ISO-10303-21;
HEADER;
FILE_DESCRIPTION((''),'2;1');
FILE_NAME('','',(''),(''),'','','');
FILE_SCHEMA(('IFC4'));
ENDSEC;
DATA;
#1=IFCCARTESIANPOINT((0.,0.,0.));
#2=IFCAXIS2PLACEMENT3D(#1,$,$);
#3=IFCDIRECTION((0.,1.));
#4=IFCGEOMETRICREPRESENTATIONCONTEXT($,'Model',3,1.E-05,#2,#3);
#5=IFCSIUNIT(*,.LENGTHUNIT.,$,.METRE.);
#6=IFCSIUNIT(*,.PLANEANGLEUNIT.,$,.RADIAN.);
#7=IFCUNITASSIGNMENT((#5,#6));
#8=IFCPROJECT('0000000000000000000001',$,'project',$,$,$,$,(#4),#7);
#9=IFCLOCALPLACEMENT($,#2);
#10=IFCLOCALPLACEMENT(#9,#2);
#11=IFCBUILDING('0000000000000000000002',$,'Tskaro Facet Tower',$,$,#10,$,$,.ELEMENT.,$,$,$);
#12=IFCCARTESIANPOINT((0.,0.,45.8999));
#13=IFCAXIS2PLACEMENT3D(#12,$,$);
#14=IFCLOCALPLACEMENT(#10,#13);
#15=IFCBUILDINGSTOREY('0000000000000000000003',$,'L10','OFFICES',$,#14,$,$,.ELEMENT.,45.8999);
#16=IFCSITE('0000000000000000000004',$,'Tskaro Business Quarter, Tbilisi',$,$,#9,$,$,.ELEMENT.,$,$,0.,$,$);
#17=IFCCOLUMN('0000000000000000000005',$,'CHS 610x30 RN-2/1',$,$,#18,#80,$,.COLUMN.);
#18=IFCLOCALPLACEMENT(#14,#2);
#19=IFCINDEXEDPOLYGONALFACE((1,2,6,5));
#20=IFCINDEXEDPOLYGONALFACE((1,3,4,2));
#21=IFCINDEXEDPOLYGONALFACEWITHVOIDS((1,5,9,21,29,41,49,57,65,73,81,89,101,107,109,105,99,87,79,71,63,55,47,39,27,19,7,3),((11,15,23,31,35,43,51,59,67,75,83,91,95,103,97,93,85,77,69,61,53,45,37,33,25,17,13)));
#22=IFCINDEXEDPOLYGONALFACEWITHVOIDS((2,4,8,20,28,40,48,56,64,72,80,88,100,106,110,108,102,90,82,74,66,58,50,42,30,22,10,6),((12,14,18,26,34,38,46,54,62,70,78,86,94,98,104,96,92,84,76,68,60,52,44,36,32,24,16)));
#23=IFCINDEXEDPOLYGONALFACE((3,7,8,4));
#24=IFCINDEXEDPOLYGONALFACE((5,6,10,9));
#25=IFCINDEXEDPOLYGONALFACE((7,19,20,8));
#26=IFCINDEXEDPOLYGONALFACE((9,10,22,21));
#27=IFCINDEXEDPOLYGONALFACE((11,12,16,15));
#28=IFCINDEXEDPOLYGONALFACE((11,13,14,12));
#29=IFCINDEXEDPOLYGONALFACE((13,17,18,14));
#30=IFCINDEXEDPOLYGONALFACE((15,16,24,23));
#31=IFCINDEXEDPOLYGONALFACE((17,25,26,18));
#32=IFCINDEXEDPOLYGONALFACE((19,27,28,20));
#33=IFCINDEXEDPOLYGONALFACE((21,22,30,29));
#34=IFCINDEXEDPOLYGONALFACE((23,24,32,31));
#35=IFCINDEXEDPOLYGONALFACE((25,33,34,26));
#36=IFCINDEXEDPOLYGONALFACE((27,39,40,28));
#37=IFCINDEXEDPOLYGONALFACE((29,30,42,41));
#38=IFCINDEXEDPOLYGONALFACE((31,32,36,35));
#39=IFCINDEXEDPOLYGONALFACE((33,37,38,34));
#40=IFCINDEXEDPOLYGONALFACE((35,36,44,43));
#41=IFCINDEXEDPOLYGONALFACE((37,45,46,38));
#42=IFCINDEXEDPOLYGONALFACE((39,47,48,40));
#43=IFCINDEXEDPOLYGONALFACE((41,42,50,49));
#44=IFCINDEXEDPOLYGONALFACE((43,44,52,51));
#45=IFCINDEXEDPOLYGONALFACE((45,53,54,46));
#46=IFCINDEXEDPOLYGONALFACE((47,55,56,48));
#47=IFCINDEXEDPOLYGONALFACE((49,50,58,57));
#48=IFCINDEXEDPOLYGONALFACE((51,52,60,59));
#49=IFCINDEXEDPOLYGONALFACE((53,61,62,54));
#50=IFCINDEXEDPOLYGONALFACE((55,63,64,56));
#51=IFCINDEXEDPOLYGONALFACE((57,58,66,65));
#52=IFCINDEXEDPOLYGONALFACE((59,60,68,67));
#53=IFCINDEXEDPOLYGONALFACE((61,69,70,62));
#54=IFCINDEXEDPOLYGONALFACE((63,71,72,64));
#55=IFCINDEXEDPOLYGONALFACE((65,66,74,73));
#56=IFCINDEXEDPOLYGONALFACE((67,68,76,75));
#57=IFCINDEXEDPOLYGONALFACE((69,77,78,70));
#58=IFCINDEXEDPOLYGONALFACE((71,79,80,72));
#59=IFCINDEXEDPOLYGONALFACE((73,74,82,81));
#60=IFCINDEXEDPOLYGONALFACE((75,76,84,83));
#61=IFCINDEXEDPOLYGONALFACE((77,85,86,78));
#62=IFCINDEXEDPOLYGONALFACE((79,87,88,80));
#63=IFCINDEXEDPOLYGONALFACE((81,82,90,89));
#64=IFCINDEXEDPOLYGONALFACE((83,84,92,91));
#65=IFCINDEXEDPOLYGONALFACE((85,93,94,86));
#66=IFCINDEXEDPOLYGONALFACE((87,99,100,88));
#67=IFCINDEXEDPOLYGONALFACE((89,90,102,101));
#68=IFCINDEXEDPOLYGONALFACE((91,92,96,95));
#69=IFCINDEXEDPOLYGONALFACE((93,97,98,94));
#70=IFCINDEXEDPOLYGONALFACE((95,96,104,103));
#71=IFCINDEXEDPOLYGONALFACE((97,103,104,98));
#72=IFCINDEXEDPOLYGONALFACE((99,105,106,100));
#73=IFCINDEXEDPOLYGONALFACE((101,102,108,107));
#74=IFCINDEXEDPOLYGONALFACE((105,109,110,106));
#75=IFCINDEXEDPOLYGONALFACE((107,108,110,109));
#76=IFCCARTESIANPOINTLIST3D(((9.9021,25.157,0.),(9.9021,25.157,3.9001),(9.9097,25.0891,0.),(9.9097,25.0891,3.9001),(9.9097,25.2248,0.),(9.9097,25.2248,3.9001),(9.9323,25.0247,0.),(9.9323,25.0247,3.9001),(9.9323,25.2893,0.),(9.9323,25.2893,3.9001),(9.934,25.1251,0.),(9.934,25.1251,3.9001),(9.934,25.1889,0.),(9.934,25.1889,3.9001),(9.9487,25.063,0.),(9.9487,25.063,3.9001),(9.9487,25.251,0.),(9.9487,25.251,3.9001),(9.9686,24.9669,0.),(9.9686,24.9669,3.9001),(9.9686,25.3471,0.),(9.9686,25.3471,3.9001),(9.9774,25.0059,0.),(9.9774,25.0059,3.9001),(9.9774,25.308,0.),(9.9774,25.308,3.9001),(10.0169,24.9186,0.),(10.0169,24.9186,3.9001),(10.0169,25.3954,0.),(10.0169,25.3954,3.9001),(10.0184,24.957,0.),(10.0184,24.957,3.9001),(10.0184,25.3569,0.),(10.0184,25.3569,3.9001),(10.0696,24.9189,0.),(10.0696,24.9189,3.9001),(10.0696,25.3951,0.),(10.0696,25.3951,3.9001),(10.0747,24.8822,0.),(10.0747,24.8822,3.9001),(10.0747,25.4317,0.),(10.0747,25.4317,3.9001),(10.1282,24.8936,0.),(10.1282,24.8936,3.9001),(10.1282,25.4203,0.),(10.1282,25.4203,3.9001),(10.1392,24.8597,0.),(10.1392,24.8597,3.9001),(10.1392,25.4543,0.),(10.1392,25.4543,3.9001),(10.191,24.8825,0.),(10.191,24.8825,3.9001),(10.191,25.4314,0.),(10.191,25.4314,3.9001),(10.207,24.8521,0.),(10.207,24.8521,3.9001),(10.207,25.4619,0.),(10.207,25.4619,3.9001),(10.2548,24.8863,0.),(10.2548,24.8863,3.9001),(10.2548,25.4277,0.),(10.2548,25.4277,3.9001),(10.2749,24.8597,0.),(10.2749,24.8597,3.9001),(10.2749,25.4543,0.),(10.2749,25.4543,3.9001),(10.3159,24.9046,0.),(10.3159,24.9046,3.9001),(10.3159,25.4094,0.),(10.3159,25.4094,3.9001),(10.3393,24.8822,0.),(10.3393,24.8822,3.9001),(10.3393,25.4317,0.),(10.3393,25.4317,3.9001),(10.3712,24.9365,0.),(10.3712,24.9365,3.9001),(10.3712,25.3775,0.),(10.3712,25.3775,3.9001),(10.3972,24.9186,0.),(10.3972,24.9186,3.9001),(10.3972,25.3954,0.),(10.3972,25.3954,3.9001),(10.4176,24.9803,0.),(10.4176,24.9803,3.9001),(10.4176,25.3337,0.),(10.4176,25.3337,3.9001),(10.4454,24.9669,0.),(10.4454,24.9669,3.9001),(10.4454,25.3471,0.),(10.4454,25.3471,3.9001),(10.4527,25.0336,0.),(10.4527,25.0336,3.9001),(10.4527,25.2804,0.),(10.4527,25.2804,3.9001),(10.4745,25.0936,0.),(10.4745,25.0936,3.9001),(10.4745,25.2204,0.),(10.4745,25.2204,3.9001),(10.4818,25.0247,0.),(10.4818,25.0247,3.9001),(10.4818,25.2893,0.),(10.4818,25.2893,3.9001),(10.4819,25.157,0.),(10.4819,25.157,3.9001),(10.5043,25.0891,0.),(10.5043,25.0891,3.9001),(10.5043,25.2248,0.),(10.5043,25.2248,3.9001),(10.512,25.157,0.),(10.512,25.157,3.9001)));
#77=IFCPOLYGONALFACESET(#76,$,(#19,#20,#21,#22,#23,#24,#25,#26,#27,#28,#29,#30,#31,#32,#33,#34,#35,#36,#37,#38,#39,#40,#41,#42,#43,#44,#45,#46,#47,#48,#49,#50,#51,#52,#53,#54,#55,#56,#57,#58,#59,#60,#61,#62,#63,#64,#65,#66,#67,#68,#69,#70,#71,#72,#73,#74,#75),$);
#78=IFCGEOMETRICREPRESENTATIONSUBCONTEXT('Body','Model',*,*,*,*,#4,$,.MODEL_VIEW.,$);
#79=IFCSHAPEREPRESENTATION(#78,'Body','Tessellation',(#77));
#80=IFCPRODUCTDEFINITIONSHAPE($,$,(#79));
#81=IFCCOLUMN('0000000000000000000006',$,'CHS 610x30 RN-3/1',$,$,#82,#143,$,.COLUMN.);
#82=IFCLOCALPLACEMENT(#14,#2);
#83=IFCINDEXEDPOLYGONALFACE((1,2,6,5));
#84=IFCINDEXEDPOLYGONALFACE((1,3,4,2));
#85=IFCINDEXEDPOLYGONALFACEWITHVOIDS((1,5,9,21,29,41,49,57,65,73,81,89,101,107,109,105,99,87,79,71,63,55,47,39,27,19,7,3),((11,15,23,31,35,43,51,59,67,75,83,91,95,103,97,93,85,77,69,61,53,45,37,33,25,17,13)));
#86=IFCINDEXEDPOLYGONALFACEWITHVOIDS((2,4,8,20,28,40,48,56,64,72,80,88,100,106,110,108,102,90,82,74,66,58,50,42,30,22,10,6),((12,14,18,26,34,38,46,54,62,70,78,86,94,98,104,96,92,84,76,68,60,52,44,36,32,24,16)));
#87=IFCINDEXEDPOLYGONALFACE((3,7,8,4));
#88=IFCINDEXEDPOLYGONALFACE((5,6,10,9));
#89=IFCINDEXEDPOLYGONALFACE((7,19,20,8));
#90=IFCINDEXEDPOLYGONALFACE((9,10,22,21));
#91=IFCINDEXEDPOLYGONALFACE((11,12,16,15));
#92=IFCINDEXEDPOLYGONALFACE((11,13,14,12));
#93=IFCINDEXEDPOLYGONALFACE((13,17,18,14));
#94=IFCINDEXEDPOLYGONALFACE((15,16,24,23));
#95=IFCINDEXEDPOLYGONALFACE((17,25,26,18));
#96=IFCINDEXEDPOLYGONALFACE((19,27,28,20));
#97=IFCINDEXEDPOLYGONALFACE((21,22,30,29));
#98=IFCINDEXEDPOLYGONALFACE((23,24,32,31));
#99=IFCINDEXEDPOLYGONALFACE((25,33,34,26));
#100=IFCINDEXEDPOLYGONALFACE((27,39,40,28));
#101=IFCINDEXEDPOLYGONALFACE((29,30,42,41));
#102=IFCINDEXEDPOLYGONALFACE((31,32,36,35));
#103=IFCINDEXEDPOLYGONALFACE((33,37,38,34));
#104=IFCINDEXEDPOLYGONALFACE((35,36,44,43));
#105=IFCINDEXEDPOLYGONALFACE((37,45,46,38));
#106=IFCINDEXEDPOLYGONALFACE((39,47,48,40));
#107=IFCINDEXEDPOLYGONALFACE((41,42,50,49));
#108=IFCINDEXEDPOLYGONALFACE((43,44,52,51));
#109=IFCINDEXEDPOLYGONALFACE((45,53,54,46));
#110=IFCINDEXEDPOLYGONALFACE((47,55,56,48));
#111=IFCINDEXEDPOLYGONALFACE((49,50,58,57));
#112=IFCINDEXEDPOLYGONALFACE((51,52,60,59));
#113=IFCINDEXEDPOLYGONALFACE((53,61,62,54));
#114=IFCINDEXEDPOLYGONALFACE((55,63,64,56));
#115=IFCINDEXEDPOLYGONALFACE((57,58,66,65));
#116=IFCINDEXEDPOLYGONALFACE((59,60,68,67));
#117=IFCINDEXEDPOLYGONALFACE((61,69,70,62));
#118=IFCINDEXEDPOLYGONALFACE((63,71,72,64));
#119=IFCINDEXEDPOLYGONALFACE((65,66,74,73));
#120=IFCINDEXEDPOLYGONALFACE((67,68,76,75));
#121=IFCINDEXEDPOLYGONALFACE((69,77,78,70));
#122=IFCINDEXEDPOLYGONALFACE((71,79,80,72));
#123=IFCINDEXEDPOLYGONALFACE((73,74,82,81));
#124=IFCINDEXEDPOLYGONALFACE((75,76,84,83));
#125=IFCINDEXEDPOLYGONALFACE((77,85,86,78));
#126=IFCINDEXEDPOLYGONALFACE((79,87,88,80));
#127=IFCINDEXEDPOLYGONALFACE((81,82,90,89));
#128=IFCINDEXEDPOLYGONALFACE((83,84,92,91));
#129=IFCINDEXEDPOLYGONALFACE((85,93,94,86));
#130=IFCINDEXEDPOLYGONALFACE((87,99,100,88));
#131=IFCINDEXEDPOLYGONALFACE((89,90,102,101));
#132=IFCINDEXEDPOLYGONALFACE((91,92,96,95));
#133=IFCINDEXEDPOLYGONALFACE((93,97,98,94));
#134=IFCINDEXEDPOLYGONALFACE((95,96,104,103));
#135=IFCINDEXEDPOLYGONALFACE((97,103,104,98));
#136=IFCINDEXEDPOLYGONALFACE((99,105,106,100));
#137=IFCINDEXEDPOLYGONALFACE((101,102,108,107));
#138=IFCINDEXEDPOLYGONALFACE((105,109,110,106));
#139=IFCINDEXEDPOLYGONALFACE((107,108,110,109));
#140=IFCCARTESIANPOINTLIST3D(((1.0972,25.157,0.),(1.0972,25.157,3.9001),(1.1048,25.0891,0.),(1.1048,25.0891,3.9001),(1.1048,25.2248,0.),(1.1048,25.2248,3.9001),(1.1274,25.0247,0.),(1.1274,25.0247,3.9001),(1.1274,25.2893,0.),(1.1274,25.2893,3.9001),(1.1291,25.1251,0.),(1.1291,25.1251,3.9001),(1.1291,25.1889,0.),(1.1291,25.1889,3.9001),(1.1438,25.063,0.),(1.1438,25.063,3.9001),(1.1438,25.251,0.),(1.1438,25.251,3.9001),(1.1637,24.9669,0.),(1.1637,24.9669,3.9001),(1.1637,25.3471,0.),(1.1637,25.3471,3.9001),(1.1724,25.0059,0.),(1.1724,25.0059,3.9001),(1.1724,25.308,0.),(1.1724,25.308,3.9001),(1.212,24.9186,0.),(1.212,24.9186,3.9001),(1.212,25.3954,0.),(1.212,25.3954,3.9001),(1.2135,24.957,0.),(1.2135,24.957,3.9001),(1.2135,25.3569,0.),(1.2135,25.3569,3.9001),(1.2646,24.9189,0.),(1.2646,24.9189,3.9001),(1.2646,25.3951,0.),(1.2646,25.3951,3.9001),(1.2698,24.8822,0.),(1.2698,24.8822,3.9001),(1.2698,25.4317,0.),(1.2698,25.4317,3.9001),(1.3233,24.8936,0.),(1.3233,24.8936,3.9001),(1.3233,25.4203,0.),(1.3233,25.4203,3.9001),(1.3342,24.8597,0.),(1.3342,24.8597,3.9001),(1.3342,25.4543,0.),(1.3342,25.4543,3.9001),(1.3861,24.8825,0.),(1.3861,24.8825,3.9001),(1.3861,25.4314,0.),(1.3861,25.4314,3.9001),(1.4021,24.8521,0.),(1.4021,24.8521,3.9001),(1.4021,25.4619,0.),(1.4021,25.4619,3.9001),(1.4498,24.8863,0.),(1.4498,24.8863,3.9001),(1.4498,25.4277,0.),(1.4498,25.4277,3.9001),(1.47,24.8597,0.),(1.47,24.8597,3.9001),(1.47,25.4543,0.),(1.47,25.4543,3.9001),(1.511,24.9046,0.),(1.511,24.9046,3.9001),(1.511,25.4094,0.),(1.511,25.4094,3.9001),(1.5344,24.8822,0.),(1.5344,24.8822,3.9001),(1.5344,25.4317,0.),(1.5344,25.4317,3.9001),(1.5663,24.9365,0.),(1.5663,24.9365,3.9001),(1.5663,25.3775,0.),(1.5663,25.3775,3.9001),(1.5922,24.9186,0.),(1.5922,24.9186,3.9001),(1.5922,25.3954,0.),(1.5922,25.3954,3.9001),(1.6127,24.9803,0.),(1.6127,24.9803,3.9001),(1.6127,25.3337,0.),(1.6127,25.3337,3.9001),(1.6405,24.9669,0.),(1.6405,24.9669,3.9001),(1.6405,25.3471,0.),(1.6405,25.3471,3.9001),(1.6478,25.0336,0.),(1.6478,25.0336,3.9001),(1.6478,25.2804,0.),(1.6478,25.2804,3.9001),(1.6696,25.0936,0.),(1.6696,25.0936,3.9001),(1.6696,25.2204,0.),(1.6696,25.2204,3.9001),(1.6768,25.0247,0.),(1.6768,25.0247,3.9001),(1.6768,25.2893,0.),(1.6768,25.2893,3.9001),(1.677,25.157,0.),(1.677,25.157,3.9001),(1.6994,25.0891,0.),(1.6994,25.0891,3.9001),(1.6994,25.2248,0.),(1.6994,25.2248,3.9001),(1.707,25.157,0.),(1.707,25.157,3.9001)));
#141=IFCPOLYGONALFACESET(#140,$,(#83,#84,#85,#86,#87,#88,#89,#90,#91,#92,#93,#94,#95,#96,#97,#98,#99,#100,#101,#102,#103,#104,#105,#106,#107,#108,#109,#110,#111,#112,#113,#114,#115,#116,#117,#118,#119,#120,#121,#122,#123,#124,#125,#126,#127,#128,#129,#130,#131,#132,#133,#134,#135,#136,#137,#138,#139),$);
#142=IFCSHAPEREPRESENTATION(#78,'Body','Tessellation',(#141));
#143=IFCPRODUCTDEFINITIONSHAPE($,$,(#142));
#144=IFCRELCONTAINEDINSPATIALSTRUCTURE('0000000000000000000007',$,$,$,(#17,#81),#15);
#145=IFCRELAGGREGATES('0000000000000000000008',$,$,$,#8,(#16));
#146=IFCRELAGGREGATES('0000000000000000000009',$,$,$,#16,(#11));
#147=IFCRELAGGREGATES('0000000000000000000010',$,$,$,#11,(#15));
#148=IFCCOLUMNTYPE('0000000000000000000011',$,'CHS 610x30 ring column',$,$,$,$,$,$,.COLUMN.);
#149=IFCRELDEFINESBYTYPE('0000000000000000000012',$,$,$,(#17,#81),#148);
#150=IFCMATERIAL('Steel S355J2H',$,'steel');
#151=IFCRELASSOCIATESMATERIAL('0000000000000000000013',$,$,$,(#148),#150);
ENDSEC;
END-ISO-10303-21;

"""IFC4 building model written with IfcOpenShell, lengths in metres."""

from ifc_helpers import new_model, si_unit, direction, frame, origin, origin_2d, place, context, subcontext, project, spatial, hollow_circle, extrude, material, material_profile, profile_set, type_object, element, save


model = new_model("IFC4")

# Units and contexts
model_context = context("Model", 3, precision=1e-05, world=origin(), true_north=direction((0.0, 1.0)))
body_context = subcontext(model_context, "Body", "Model", "MODEL_VIEW")
ifc_project = project(units=[si_unit("LENGTHUNIT", "METRE"), si_unit("PLANEANGLEUNIT", "RADIAN")], contexts=[model_context])

# Site, building, storey
site_placement = place(None, origin())
site = spatial("IfcSite", under=ifc_project, at=site_placement, Name="Tskaro Business Quarter, Tbilisi", CompositionType="ELEMENT", RefElevation=0.0)
building_placement = place(site_placement, origin())
building = spatial("IfcBuilding", under=site, at=building_placement, Name="Tskaro Facet Tower", CompositionType="ELEMENT")
storey_placement = place(building_placement, frame((0.0, 0.0, 45.8999)))
storey = spatial("IfcBuildingStorey", under=building, at=storey_placement, Name="L10", Description="OFFICES", CompositionType="ELEMENT", Elevation=45.8999)

# Columns
ifc_material_1 = material(Name="Steel S355J2H", Category="steel")
ifc_material_profile_1 = material_profile(ifc_material_1, hollow_circle(Radius=0.3049, WallThickness=0.03, at=origin_2d()), Name="CHS 610x30")
ifc_profile_set_1 = profile_set([ifc_material_profile_1], Name="Steel S355J2H")
column_type_1 = type_object("IfcColumnType", Name="CHS 610x30 ring column", PredefinedType="COLUMN", material=ifc_profile_set_1)
for number, where, z_axis, x_axis, name in (
    (1, (10.207, 25.157, 0.0), (0.0, 0.0, 1.0), (1.0, 0.0, 0.0), "CHS 610x30 RN-2/1"),
    (2, (1.4021, 25.157, 0.0), (0.0, 0.0, 1.0), (1.0, 0.0, 0.0), "CHS 610x30 RN-3/1"),
):
    element("IfcColumn", number, at=place(storey_placement, frame(where, z_axis=z_axis, x_axis=x_axis)), inside=storey, type_object=column_type_1, Name=name, PredefinedType="COLUMN", context=body_context, shape_type="SweptSolid", body=[
        extrude(hollow_circle(Radius=0.3049, WallThickness=0.03, at=origin_2d()), origin(), (0.0, 0.0, 1.0), 3.9001),
    ])

save(model, "model.ifc")
